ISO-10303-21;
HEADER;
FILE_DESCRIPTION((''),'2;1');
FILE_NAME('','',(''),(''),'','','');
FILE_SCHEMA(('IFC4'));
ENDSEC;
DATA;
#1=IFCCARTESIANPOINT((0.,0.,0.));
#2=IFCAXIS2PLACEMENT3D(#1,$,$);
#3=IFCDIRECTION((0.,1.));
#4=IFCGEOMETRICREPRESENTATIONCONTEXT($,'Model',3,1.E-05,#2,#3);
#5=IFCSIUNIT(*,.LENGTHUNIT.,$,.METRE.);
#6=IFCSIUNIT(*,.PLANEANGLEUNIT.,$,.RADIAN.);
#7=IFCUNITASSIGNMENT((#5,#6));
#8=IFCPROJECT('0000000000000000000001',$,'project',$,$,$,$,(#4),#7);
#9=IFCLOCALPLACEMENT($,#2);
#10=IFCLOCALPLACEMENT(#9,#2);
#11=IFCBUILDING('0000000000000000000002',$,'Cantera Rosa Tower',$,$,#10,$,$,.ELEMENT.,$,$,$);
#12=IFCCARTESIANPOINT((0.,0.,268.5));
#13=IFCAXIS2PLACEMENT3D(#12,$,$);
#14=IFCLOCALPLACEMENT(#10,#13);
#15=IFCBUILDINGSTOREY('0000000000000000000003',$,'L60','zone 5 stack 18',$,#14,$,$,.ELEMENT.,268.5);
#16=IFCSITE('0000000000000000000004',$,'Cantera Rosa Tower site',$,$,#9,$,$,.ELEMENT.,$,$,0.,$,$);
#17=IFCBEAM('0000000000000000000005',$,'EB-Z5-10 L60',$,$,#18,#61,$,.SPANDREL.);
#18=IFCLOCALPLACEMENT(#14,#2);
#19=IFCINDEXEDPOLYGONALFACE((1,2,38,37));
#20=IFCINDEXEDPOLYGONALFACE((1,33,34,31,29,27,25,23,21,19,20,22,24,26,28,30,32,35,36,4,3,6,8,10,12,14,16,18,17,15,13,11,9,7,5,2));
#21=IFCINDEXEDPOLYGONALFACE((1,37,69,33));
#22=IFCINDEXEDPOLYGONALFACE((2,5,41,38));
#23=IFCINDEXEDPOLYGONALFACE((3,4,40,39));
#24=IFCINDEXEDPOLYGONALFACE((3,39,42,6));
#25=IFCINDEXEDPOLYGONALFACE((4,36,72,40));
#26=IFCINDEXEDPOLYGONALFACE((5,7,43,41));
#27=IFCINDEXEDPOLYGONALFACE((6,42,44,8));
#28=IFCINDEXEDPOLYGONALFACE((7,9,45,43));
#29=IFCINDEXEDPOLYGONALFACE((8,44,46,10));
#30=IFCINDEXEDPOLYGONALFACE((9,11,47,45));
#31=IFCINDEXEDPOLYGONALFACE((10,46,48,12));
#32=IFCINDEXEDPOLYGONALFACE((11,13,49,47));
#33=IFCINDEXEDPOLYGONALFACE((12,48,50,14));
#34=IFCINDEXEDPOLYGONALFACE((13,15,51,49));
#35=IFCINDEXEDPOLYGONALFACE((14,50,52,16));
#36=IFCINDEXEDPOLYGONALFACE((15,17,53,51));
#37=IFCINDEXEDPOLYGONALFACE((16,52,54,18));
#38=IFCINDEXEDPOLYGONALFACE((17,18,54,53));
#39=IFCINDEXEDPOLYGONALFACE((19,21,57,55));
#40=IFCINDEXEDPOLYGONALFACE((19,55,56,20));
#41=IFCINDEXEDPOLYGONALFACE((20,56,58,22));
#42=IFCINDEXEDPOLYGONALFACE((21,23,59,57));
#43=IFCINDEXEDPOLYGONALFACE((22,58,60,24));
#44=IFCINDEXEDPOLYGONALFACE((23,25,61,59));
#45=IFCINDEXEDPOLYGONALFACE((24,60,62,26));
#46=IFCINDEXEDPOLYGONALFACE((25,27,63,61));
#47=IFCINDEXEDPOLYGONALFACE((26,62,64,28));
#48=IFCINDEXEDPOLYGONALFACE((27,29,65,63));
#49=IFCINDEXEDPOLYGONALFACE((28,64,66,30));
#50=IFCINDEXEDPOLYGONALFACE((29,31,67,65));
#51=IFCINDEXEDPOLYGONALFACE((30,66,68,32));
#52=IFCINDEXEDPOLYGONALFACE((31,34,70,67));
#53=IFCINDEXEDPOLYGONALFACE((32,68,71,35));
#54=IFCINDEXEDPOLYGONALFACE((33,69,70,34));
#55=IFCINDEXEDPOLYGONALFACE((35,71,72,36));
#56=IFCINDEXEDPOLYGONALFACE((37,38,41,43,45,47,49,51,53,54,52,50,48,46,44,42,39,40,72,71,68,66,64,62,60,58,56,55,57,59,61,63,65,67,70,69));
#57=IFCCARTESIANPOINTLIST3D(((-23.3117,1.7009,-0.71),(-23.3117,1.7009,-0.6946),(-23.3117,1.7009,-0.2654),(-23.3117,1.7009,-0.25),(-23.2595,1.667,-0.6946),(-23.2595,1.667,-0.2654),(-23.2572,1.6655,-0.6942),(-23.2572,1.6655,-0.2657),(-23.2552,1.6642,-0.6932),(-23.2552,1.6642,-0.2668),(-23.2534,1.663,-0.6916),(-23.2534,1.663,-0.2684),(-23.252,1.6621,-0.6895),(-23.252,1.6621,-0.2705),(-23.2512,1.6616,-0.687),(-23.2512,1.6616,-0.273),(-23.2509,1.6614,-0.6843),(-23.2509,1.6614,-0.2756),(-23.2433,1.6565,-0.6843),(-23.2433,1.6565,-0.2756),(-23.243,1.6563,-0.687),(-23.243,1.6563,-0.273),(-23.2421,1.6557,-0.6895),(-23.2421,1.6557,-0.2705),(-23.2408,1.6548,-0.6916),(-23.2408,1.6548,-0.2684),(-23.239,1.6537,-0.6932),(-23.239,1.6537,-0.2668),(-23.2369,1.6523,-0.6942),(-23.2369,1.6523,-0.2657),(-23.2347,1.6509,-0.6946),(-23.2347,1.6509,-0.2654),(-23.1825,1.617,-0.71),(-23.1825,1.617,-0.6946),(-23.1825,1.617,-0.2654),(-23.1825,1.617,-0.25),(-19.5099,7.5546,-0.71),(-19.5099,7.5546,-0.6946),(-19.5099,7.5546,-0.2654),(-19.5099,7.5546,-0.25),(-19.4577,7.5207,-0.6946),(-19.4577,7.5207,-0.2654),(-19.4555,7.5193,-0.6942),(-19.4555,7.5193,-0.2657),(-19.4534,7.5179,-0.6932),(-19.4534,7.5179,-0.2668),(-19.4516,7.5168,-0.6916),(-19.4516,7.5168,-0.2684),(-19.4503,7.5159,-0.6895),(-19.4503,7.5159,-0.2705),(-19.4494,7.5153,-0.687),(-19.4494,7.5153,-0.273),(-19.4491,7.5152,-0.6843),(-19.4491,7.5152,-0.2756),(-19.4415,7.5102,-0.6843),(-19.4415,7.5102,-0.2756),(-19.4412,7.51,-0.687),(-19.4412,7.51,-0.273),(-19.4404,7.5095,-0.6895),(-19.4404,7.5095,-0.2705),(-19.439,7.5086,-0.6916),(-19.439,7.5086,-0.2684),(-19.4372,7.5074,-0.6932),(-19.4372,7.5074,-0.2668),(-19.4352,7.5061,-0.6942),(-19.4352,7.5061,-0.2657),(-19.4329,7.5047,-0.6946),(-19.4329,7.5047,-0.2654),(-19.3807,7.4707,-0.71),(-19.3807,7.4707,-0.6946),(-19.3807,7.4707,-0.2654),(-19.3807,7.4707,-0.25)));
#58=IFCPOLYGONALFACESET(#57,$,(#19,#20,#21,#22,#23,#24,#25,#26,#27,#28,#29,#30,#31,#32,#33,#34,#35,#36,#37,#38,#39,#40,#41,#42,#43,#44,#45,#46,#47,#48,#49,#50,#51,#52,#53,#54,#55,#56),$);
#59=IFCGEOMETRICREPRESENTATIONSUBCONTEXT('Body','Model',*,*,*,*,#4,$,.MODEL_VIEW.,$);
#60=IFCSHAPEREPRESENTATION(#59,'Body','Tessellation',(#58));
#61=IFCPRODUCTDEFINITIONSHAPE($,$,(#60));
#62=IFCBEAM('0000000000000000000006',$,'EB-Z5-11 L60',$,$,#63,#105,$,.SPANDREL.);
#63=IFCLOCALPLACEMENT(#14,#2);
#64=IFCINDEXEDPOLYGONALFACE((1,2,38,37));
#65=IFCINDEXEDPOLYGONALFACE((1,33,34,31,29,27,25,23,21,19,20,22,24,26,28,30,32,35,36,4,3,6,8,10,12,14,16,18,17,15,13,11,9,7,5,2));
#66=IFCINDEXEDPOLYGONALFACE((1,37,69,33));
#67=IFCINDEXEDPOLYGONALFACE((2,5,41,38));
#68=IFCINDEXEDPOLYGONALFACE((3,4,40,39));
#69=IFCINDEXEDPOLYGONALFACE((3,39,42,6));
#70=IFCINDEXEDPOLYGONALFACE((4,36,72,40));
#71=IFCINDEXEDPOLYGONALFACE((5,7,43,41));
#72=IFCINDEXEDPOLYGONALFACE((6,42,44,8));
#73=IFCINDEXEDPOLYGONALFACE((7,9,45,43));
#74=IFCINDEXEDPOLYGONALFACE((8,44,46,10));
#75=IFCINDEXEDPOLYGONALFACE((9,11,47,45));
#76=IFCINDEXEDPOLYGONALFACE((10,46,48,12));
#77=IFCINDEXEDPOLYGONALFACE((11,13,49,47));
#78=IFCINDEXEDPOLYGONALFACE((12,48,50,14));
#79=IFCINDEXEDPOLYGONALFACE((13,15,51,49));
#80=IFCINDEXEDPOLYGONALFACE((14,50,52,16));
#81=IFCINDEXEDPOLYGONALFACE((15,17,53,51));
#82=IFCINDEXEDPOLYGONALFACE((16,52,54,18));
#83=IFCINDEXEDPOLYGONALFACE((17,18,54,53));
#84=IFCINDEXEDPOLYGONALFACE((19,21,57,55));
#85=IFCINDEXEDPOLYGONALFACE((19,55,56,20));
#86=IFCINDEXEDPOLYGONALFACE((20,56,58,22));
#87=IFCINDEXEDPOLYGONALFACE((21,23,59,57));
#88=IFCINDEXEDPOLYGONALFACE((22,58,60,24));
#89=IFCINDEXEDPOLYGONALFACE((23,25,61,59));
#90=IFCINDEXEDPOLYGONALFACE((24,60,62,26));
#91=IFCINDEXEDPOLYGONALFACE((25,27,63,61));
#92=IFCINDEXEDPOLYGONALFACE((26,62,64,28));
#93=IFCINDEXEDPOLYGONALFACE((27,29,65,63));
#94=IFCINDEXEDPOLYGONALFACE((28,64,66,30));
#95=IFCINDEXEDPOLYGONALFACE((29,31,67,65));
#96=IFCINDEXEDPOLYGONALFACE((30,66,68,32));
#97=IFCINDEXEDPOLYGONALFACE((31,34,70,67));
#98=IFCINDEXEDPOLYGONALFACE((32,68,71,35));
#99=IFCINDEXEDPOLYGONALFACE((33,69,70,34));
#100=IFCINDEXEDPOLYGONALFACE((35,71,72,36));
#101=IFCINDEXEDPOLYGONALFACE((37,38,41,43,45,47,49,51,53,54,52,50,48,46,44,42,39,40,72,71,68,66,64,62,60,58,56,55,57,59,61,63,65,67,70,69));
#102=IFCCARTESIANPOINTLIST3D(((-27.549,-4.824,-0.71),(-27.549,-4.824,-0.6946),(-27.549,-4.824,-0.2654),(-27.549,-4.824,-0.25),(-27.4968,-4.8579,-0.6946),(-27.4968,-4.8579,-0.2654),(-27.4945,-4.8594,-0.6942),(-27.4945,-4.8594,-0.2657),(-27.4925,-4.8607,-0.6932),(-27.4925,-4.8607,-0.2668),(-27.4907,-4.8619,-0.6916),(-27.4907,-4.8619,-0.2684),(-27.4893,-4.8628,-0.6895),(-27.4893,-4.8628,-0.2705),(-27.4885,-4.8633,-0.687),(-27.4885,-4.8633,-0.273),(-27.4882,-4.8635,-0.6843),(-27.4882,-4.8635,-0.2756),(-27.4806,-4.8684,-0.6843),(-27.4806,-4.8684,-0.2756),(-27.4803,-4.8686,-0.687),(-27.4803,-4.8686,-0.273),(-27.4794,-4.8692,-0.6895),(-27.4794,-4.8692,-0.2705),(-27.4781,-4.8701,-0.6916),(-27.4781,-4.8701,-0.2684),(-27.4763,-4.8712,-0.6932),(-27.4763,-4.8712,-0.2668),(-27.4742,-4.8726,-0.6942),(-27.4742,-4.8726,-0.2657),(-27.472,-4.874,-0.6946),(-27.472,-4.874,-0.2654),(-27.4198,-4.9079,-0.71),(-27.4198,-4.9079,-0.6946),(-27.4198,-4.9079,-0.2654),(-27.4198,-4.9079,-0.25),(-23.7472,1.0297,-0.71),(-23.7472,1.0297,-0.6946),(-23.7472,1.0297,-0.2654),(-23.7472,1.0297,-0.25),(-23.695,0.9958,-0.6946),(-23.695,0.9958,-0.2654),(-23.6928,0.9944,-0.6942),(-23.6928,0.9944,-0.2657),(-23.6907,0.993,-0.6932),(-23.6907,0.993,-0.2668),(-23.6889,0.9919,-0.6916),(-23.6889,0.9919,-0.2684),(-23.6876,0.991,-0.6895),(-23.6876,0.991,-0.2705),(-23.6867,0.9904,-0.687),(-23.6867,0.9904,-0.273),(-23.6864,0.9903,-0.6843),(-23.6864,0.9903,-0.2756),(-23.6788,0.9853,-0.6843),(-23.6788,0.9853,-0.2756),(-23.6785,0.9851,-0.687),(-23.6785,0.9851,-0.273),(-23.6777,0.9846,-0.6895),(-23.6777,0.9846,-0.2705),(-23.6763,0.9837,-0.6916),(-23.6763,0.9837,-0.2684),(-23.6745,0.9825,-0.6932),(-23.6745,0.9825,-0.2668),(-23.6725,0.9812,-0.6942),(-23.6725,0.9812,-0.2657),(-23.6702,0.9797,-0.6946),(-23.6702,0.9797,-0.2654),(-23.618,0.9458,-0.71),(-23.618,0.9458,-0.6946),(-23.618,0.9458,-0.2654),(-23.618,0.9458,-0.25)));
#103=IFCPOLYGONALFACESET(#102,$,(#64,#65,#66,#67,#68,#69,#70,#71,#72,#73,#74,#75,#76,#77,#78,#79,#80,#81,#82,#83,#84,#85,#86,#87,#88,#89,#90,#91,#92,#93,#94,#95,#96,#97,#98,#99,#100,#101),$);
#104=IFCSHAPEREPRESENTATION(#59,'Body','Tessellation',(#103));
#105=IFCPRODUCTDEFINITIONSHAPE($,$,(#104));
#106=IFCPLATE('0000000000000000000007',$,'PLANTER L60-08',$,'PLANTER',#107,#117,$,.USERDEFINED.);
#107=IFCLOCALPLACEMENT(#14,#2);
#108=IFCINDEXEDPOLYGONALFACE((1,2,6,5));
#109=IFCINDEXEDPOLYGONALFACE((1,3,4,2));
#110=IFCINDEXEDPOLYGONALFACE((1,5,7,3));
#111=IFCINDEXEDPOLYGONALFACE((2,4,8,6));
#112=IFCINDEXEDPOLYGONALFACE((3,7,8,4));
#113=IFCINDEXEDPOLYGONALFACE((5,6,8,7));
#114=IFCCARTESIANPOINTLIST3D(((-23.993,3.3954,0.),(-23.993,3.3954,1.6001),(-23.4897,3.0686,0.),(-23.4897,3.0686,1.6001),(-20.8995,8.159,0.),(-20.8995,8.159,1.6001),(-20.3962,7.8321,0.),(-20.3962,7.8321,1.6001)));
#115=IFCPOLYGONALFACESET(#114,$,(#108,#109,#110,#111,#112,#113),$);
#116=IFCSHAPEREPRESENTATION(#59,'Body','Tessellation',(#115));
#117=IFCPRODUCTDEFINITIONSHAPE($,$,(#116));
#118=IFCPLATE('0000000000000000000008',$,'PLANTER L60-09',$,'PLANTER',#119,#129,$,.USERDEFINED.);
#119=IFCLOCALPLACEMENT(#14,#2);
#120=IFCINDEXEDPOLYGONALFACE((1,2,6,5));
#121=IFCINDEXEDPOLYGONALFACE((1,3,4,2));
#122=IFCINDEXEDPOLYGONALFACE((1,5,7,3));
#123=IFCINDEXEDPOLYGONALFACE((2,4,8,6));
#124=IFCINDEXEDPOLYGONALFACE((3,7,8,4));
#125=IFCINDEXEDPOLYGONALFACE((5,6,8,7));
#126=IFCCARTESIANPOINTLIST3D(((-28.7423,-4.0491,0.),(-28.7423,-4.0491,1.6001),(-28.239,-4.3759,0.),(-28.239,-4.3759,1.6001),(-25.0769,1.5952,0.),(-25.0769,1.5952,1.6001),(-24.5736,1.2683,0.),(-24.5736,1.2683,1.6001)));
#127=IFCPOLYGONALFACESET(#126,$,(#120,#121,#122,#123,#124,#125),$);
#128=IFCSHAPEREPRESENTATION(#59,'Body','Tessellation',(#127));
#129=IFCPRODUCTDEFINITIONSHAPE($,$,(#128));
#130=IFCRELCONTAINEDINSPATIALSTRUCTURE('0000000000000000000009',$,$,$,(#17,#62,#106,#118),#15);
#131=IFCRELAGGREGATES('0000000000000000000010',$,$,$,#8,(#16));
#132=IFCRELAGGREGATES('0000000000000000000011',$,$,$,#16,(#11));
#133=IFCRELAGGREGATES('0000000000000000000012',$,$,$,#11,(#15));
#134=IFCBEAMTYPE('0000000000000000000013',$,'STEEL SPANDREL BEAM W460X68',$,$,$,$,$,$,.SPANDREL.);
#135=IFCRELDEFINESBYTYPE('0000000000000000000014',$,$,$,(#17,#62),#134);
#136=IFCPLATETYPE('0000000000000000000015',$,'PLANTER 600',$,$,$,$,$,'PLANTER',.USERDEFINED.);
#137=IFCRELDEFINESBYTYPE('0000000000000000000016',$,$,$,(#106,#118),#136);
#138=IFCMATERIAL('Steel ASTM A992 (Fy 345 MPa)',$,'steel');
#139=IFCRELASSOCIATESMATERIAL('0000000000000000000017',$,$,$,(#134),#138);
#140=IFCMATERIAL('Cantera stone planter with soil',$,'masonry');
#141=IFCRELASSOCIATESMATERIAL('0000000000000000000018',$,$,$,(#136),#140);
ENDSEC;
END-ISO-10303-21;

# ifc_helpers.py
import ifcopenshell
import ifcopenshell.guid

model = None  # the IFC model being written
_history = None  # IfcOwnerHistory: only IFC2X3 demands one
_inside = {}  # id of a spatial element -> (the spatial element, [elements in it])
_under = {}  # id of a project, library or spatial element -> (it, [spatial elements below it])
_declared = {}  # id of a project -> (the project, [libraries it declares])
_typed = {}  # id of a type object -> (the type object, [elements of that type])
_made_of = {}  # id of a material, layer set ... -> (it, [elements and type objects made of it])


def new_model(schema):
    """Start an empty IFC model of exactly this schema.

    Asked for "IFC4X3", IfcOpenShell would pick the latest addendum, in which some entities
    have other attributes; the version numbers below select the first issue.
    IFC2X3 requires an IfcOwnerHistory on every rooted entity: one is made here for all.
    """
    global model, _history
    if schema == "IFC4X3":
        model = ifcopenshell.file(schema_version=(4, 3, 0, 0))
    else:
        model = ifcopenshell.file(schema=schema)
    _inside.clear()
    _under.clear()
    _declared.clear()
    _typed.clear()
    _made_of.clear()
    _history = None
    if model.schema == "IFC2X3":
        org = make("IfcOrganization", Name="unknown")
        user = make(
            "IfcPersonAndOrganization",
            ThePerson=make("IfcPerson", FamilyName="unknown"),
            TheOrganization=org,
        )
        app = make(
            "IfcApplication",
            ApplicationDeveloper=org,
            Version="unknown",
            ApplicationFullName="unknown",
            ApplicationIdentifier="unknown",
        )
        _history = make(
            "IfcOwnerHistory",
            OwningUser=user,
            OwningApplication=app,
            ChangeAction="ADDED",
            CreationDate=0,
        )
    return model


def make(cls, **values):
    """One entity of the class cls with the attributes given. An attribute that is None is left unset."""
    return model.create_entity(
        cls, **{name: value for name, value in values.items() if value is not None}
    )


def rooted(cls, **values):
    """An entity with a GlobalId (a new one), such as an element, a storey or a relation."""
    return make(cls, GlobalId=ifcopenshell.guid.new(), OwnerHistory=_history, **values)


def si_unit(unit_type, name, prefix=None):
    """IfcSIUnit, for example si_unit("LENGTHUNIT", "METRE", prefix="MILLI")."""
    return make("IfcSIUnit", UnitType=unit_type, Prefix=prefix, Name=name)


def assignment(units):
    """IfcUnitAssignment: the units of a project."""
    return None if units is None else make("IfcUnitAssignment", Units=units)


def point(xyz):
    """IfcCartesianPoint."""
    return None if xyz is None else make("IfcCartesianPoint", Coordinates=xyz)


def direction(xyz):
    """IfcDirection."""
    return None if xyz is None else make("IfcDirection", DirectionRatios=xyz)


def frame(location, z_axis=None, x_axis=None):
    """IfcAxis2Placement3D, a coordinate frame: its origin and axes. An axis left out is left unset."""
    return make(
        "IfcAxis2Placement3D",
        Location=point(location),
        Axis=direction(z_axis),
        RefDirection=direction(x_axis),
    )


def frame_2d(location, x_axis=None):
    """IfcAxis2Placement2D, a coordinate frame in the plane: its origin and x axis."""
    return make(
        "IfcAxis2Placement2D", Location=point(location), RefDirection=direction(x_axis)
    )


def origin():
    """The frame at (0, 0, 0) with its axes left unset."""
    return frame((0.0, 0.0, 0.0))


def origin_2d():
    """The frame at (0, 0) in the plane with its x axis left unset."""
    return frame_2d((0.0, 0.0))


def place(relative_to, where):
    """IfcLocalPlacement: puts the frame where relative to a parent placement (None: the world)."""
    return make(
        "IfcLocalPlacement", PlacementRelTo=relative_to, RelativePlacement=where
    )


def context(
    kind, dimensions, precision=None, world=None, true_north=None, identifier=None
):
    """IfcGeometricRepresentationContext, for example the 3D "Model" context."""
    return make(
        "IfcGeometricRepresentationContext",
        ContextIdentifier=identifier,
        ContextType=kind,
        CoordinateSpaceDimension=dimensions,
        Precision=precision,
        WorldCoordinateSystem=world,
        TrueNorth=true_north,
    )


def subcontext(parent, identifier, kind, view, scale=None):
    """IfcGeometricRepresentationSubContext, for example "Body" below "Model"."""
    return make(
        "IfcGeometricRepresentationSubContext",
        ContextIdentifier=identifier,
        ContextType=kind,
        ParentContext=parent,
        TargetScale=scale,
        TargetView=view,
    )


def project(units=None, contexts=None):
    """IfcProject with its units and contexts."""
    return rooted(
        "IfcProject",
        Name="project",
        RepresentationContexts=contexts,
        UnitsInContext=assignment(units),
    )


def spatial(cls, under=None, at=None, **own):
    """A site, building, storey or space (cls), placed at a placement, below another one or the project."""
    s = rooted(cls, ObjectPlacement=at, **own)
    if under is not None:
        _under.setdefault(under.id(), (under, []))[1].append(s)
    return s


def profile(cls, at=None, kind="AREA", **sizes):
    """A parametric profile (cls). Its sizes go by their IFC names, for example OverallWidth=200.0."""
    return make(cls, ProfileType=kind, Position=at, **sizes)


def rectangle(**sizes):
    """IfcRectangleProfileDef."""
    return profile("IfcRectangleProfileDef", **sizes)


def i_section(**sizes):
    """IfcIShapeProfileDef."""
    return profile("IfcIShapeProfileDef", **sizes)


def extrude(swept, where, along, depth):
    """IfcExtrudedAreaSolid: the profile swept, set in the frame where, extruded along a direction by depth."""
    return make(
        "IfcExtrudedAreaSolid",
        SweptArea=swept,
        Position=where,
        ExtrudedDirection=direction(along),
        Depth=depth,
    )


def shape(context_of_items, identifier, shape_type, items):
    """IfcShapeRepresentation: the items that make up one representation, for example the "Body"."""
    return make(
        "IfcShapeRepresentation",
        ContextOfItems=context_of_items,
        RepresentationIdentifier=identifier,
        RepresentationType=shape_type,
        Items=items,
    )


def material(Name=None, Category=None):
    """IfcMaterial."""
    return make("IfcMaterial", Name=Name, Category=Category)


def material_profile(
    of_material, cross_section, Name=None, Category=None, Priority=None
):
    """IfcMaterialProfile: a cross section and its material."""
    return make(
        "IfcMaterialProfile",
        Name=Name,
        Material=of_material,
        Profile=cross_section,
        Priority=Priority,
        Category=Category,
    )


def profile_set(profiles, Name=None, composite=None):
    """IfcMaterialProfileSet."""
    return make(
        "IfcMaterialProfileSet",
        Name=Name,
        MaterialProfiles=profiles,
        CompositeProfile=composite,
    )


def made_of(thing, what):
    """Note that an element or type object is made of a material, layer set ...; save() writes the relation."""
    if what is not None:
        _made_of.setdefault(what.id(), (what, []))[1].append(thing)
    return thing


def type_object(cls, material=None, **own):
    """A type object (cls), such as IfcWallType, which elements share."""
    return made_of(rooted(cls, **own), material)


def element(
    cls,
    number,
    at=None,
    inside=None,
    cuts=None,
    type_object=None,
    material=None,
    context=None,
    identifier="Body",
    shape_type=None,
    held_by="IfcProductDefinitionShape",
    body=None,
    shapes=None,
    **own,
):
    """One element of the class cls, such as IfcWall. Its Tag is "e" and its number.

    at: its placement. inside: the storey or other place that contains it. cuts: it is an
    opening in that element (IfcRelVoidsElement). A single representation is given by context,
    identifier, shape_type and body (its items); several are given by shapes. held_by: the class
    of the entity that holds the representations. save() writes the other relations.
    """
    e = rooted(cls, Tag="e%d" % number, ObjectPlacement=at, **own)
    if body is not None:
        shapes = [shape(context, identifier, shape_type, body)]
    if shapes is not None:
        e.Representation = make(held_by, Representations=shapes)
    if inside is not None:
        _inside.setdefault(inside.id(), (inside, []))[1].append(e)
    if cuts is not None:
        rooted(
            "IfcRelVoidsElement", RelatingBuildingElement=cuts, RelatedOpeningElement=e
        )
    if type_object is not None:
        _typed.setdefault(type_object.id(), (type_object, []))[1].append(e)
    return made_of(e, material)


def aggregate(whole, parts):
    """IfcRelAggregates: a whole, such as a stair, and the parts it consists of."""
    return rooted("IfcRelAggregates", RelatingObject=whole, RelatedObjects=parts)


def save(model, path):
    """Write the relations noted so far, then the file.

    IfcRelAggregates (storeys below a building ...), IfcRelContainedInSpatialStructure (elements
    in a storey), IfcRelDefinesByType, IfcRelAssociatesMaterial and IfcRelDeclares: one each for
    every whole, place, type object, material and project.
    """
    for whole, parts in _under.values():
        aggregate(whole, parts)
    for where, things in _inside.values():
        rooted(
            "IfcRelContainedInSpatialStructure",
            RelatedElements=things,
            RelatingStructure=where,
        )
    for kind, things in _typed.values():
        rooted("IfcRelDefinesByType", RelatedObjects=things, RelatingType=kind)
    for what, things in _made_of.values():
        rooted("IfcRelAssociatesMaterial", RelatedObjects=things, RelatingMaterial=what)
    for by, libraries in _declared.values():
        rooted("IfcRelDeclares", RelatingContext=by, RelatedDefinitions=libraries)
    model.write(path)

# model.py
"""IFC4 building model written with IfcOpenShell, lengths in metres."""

from ifc_helpers import new_model, si_unit, direction, frame, origin, origin_2d, place, context, subcontext, project, spatial, rectangle, i_section, extrude, material, material_profile, profile_set, type_object, element, save


model = new_model("IFC4")

# Units and contexts
model_context = context("Model", 3, precision=1e-05, world=origin(), true_north=direction((0.0, 1.0)))
body_context = subcontext(model_context, "Body", "Model", "MODEL_VIEW")
ifc_project = project(units=[si_unit("LENGTHUNIT", "METRE"), si_unit("PLANEANGLEUNIT", "RADIAN")], contexts=[model_context])

# Site, building, storey
site_placement = place(None, origin())
site = spatial("IfcSite", under=ifc_project, at=site_placement, Name="Cantera Rosa Tower site", CompositionType="ELEMENT", RefElevation=0.0)
building_placement = place(site_placement, origin())
building = spatial("IfcBuilding", under=site, at=building_placement, Name="Cantera Rosa Tower", CompositionType="ELEMENT")
storey_placement = place(building_placement, frame((0.0, 0.0, 268.5)))
storey = spatial("IfcBuildingStorey", under=building, at=storey_placement, Name="L60", Description="zone 5 stack 18", CompositionType="ELEMENT", Elevation=268.5)

# Beams
ifc_material_1 = material(Name="Steel ASTM A992 (Fy 345 MPa)", Category="steel")
ifc_material_profile_1 = material_profile(ifc_material_1, i_section(OverallWidth=0.1541, OverallDepth=0.46, WebThickness=0.009, FlangeThickness=0.0154, FilletRadius=0.0103, at=origin_2d()), Name="W460X68")
ifc_profile_set_1 = profile_set([ifc_material_profile_1], Name="Steel ASTM A992 (Fy 345 MPa)")
beam_type_1 = type_object("IfcBeamType", Name="STEEL SPANDREL BEAM W460X68", PredefinedType="SPANDREL", material=ifc_profile_set_1)
for number, where, z_axis, x_axis, name in (
    (1, (-19.4453, 7.5127, -0.48), (-0.544667, -0.838652, 0.0), (0.838652, -0.544667, 0.0), "EB-Z5-10 L60"),
    (2, (-23.6826, 0.9878, -0.48), (-0.544667, -0.838652, 0.0), (0.838652, -0.544667, 0.0), "EB-Z5-11 L60"),
):
    element("IfcBeam", number, at=place(storey_placement, frame(where, z_axis=z_axis, x_axis=x_axis)), inside=storey, type_object=beam_type_1, Name=name, PredefinedType="SPANDREL", context=body_context, shape_type="SweptSolid", body=[
        extrude(i_section(OverallWidth=0.1541, OverallDepth=0.46, WebThickness=0.009, FlangeThickness=0.0154, FilletRadius=0.0103, at=origin_2d()), origin(), (0.0, 0.0, 1.0), 6.98),
    ])

# Plates
ifc_material_2 = material(Name="Cantera stone planter with soil", Category="masonry")
plate_type = type_object("IfcPlateType", Name="PLANTER 600", ElementType="PLANTER", PredefinedType="USERDEFINED", material=ifc_material_2)
plate_1_placement = place(storey_placement, frame((-22.1946, 5.6138, 0.0), z_axis=(0.0, 0.0, 1.0), x_axis=(-0.544639, -0.838671, 0.0)))
element("IfcPlate", 3, at=plate_1_placement, inside=storey, type_object=plate_type, Name="PLANTER L60-08", ObjectType="PLANTER", PredefinedType="USERDEFINED", context=body_context, shape_type="SweptSolid", body=[
    extrude(rectangle(XDim=5.6799, YDim=0.6001, at=origin_2d()), origin(), (0.0, 0.0, 1.0), 1.6001),
])
plate_2_placement = place(storey_placement, frame((-26.658, -1.3904, 0.0), z_axis=(0.0, 0.0, 1.0), x_axis=(-0.544639, -0.838671, 0.0)))
element("IfcPlate", 4, at=plate_2_placement, inside=storey, type_object=plate_type, Name="PLANTER L60-09", ObjectType="PLANTER", PredefinedType="USERDEFINED", context=body_context, shape_type="SweptSolid", body=[
    extrude(rectangle(XDim=6.73, YDim=0.6001, at=origin_2d()), origin(), (0.0, 0.0, 1.0), 1.6001),
])

save(model, "model.ifc")
